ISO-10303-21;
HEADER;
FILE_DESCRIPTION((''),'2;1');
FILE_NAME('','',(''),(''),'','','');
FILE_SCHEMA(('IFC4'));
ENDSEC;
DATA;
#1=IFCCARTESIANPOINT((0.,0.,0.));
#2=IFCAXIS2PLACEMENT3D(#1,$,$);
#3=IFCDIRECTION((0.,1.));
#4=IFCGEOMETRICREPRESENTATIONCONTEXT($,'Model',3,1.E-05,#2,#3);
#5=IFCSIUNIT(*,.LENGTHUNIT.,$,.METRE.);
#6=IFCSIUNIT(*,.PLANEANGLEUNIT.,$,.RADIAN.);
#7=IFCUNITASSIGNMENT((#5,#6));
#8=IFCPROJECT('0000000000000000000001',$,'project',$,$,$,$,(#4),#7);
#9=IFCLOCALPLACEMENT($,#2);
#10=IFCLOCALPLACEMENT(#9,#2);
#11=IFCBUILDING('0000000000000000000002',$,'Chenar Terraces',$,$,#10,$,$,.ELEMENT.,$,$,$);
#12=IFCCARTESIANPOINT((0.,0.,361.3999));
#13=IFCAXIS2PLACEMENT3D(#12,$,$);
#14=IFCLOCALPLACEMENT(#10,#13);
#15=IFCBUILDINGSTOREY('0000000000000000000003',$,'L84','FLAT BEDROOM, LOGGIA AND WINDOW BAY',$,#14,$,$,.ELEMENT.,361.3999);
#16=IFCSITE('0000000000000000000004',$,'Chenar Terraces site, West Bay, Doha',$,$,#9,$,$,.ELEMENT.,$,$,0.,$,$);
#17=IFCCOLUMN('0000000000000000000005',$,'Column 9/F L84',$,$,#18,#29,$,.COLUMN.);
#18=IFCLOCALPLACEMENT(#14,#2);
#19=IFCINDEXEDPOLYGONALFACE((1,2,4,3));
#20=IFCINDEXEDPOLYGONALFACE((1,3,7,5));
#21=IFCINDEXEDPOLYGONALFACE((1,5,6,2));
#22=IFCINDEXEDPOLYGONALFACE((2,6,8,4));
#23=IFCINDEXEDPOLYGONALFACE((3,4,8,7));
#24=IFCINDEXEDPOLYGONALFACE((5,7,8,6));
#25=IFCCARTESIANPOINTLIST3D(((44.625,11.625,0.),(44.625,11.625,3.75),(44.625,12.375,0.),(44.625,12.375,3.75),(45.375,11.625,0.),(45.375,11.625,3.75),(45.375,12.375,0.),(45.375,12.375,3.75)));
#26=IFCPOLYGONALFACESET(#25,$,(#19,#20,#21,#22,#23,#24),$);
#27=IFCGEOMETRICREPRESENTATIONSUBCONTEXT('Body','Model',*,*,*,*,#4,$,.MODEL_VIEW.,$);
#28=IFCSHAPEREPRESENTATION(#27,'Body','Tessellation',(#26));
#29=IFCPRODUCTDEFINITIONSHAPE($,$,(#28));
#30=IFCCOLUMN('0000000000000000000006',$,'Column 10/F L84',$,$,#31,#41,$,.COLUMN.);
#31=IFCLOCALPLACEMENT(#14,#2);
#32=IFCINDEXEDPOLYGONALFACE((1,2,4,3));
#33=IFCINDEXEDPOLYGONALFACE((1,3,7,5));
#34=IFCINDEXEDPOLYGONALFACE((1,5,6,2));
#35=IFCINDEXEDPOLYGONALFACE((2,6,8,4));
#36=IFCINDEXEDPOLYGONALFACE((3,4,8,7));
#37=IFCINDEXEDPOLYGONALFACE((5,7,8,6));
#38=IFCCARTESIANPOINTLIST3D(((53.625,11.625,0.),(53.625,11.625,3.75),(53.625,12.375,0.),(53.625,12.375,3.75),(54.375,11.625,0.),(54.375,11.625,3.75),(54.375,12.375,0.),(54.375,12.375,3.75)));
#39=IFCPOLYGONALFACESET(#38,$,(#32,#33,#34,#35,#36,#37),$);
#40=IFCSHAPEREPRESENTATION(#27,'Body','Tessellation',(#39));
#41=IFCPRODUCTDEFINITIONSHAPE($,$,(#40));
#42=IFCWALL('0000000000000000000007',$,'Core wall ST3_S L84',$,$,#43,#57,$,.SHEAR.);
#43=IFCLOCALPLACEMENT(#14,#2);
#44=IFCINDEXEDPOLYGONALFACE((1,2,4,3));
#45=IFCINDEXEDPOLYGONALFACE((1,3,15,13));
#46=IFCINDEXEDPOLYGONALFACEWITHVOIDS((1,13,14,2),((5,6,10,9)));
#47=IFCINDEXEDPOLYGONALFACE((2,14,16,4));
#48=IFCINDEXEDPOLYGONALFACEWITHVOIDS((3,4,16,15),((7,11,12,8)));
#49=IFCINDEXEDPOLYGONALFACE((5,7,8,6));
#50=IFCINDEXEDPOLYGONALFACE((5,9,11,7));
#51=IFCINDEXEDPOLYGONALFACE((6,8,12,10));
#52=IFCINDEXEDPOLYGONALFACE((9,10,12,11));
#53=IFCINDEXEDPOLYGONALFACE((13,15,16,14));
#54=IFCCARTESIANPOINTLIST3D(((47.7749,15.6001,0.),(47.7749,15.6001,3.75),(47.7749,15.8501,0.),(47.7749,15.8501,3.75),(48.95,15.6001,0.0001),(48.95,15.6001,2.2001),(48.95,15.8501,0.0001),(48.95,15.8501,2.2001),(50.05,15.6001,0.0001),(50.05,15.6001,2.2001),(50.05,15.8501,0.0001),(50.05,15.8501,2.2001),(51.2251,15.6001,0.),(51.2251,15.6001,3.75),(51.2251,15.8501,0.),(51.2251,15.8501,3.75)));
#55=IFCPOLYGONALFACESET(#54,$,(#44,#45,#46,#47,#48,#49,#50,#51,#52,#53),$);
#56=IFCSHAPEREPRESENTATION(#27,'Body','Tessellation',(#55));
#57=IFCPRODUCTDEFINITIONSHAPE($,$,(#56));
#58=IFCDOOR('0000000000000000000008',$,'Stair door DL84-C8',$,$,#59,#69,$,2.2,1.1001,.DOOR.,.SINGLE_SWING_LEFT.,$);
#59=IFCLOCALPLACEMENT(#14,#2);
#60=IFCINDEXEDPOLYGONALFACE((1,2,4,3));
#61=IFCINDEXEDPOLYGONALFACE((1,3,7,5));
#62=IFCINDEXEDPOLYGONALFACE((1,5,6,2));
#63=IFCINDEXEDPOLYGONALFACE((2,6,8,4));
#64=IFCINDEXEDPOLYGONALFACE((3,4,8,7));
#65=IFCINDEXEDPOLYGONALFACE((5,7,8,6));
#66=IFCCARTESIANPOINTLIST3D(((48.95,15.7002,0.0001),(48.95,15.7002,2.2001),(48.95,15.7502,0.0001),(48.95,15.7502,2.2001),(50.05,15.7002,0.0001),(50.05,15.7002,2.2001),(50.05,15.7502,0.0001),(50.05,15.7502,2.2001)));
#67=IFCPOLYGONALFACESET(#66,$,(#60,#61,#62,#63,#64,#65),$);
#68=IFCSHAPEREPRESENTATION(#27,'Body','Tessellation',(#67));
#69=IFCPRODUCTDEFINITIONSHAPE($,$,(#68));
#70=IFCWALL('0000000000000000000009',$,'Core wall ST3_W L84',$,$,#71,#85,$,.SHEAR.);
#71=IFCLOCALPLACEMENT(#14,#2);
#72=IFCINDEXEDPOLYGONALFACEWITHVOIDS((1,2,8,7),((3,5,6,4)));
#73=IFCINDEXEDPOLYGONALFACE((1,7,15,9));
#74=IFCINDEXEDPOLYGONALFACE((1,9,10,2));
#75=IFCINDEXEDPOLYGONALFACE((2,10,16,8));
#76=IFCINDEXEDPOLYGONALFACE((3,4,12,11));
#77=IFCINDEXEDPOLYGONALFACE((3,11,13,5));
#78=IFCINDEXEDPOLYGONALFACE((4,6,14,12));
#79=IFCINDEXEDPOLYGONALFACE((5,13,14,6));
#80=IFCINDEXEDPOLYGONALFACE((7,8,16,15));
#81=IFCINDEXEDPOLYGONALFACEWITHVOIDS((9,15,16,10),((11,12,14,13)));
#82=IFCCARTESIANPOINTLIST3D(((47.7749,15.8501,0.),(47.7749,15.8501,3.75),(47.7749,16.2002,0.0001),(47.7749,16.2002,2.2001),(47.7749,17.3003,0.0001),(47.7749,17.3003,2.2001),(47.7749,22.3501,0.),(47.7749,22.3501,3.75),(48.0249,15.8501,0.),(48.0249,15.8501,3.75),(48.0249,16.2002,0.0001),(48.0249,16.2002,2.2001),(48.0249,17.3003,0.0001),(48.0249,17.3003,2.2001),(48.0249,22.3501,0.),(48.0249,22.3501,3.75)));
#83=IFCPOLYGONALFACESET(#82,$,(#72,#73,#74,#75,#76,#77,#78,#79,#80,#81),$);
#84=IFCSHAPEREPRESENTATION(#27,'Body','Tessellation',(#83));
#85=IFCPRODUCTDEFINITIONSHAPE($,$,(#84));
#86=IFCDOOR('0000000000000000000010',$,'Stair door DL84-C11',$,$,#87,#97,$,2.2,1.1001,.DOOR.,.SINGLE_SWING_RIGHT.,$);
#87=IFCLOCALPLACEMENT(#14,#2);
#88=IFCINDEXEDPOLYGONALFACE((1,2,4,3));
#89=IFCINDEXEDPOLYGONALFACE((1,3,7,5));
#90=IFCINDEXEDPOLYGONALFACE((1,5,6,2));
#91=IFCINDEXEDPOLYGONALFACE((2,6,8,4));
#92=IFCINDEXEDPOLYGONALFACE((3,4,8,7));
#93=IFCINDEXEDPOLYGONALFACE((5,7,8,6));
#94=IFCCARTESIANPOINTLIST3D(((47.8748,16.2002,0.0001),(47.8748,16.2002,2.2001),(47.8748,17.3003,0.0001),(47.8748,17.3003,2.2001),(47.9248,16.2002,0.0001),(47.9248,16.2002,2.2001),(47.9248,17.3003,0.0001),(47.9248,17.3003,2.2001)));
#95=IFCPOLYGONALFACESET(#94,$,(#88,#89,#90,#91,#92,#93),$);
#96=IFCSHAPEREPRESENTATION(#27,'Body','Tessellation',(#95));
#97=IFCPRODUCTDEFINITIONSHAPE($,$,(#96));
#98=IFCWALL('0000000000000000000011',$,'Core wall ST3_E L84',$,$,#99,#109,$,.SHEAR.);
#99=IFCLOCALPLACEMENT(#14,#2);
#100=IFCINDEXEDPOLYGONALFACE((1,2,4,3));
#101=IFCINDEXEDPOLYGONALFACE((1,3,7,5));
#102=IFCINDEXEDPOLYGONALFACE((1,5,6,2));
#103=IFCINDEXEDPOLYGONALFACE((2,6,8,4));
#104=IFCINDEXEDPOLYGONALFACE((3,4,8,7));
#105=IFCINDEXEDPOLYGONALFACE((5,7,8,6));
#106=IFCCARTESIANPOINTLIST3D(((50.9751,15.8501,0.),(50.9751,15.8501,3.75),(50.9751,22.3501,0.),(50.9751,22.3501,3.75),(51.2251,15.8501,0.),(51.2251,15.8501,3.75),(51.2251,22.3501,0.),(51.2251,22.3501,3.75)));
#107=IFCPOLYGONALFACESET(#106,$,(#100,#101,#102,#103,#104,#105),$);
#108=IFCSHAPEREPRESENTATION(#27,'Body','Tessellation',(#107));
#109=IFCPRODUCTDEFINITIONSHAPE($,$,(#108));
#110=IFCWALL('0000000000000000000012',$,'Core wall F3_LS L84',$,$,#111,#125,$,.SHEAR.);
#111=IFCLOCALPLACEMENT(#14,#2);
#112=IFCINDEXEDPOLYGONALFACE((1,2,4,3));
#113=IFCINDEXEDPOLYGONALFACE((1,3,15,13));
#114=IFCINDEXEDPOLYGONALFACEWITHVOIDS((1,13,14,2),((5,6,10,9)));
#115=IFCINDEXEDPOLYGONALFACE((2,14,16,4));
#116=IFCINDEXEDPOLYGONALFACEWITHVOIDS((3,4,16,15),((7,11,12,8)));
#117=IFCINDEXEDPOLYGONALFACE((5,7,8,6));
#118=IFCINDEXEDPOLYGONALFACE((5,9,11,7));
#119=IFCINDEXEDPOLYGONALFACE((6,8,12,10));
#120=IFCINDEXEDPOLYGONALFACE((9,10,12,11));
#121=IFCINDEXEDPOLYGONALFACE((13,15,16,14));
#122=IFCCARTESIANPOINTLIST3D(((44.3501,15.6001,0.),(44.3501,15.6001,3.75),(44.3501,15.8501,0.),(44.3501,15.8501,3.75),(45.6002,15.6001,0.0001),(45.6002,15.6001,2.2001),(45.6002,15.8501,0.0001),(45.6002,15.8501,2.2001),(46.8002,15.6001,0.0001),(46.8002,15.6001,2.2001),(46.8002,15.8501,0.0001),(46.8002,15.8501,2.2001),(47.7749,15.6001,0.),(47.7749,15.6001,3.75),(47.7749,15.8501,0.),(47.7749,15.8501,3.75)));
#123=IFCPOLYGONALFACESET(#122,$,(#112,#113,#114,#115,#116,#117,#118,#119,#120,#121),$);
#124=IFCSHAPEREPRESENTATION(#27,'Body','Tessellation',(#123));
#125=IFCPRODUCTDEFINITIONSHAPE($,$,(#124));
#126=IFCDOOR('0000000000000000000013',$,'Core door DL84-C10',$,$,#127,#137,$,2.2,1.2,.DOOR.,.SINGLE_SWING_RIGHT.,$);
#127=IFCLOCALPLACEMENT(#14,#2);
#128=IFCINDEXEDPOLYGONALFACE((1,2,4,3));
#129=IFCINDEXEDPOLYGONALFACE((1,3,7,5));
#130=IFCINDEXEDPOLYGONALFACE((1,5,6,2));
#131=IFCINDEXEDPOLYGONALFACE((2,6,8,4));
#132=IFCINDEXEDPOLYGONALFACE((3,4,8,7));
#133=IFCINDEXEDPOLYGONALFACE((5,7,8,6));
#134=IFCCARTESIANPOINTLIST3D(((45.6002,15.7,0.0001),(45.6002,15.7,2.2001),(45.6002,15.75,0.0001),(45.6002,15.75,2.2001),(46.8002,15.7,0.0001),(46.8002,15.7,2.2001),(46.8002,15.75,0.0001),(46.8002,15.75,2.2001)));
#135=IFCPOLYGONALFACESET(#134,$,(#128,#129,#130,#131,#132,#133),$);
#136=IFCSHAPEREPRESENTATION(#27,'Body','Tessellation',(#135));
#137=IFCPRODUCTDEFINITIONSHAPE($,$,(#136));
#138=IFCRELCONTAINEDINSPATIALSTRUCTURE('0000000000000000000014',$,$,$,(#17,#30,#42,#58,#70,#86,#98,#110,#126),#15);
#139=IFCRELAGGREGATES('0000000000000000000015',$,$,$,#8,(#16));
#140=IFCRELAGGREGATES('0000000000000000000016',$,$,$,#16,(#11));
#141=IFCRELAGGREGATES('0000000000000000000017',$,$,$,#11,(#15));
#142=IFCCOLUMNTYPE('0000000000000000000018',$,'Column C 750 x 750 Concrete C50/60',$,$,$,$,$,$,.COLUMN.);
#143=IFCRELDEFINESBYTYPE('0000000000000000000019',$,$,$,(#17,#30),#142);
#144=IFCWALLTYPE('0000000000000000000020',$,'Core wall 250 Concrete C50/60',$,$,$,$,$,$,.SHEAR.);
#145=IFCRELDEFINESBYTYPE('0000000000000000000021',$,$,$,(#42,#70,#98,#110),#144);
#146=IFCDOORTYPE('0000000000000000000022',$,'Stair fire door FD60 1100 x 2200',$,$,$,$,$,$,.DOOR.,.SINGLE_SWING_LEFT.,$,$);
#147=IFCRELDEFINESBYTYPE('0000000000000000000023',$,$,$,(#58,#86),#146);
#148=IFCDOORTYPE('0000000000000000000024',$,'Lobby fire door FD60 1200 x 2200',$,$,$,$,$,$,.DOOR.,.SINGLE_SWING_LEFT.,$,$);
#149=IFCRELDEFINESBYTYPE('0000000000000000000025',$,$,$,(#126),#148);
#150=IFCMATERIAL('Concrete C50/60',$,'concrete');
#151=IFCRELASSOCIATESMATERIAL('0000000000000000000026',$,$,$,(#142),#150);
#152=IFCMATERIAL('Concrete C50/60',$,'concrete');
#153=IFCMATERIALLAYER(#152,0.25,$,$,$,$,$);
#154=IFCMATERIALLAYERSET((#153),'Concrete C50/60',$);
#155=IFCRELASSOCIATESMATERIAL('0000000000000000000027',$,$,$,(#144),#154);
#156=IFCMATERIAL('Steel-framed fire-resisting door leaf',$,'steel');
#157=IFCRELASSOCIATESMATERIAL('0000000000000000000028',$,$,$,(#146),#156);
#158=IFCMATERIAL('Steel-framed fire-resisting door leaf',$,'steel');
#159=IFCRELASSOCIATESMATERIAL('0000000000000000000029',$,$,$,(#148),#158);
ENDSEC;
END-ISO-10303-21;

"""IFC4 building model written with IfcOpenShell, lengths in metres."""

from ifc_helpers import new_model, si_unit, direction, frame, frame_2d, origin, origin_2d, place, context, subcontext, project, spatial, rectangle, extrude, material, layer, layer_set, material_profile, profile_set, type_object, element, fill, save


model = new_model("IFC4")

# Units and contexts
model_context = context("Model", 3, precision=1e-05, world=origin(), true_north=direction((0.0, 1.0)))
body_context = subcontext(model_context, "Body", "Model", "MODEL_VIEW")
ifc_project = project(units=[si_unit("LENGTHUNIT", "METRE"), si_unit("PLANEANGLEUNIT", "RADIAN")], contexts=[model_context])

# Site, building, storey
site_placement = place(None, origin())
site = spatial("IfcSite", under=ifc_project, at=site_placement, Name="Chenar Terraces site, West Bay, Doha", CompositionType="ELEMENT", RefElevation=0.0)
building_placement = place(site_placement, origin())
building = spatial("IfcBuilding", under=site, at=building_placement, Name="Chenar Terraces", CompositionType="ELEMENT")
storey_placement = place(building_placement, frame((0.0, 0.0, 361.3999)))
storey = spatial("IfcBuildingStorey", under=building, at=storey_placement, Name="L84", Description="FLAT BEDROOM, LOGGIA AND WINDOW BAY", CompositionType="ELEMENT", Elevation=361.3999)

# Columns
ifc_material_1 = material(Name="Concrete C50/60", Category="concrete")
ifc_material_profile_1 = material_profile(ifc_material_1, rectangle(XDim=0.75, YDim=0.75, at=origin_2d()), Name="C 750 x 750")
ifc_profile_set_1 = profile_set([ifc_material_profile_1], Name="Concrete C50/60")
column_type = type_object("IfcColumnType", Name="Column C 750 x 750 Concrete C50/60", PredefinedType="COLUMN", material=ifc_profile_set_1)
for number, where, z_axis, x_axis, name in (
    (1, (45.0, 12.0, 0.0), (0.0, 0.0, 1.0), (1.0, 0.0, 0.0), "Column 9/F L84"),
    (2, (54.0, 12.0, 0.0), (0.0, 0.0, 1.0), (1.0, 0.0, 0.0), "Column 10/F L84"),
):
    element("IfcColumn", number, at=place(storey_placement, frame(where, z_axis=z_axis, x_axis=x_axis)), inside=storey, type_object=column_type, Name=name, PredefinedType="COLUMN", context=body_context, shape_type="SweptSolid", body=[
        extrude(rectangle(XDim=0.75, YDim=0.75, at=origin_2d()), origin(), (0.0, 0.0, 1.0), 3.75),
    ])

# Walls, openings, doors
ifc_material_2 = material(Name="Concrete C50/60", Category="concrete")
ifc_layer_1 = layer(ifc_material_2, 0.25)
ifc_layer_set_1 = layer_set([ifc_layer_1], Name="Concrete C50/60")
wall_type_1 = type_object("IfcWallType", Name="Core wall 250 Concrete C50/60", PredefinedType="SHEAR", material=ifc_layer_set_1)
wall_1_placement = place(storey_placement, frame((47.7749, 15.7251, 0.0), z_axis=(0.0, 0.0, 1.0), x_axis=(1.0, 0.0, 0.0)))
wall_1 = element("IfcWall", 3, at=wall_1_placement, inside=storey, type_object=wall_type_1, Name="Core wall ST3_S L84", PredefinedType="SHEAR", context=body_context, shape_type="SweptSolid", body=[
    extrude(rectangle(XDim=3.4502, YDim=0.25, at=frame_2d((1.7251, 0.0))), origin(), (0.0, 0.0, 1.0), 3.75),
])
opening_1_placement = place(wall_1_placement, frame((1.175, 0.0, 0.0)))
opening_1 = element("IfcOpeningElement", 4, at=opening_1_placement, cuts=wall_1, PredefinedType="OPENING", context=body_context, shape_type="SweptSolid", body=[
    extrude(rectangle(XDim=1.1001, YDim=2.2, at=frame_2d((0.55, 1.1001))), frame((0.0, 0.135, 0.0), z_axis=(0.0, -1.0, 0.0), x_axis=(1.0, 0.0, 0.0)), (0.0, 0.0, 1.0), 0.27),
])
ifc_material_3 = material(Name="Steel-framed fire-resisting door leaf", Category="steel")
door_type_1 = type_object("IfcDoorType", Name="Stair fire door FD60 1100 x 2200", OperationType="SINGLE_SWING_LEFT", PredefinedType="DOOR", material=ifc_material_3)
door_1_placement = place(opening_1_placement, frame((1.1001, 0.0, 0.0), z_axis=(0.0, 0.0, 1.0), x_axis=(-1.0, 0.0, 0.0)))
door_1 = element("IfcDoor", 5, at=door_1_placement, inside=storey, type_object=door_type_1, Name="Stair door DL84-C8", OperationType="SINGLE_SWING_LEFT", OverallHeight=2.2, OverallWidth=1.1001, PredefinedType="DOOR", context=body_context, shape_type="SweptSolid", body=[
    extrude(rectangle(XDim=1.1001, YDim=2.2, at=frame_2d((0.55, 1.1001))), frame((0.0, 0.0249, 0.0), z_axis=(0.0, -1.0, 0.0), x_axis=(1.0, 0.0, 0.0)), (0.0, 0.0, 1.0), 0.05),
])
fill(opening_1, door_1)
wall_2_placement = place(storey_placement, frame((47.8999, 15.8501, 0.0), z_axis=(0.0, 0.0, 1.0), x_axis=(0.0, 1.0, 0.0)))
wall_2 = element("IfcWall", 6, at=wall_2_placement, inside=storey, type_object=wall_type_1, Name="Core wall ST3_W L84", PredefinedType="SHEAR", context=body_context, shape_type="SweptSolid", body=[
    extrude(rectangle(XDim=6.5, YDim=0.25, at=frame_2d((3.25, 0.0))), origin(), (0.0, 0.0, 1.0), 3.75),
])
opening_2_placement = place(wall_2_placement, frame((0.3501, 0.0, 0.0)))
opening_2 = element("IfcOpeningElement", 7, at=opening_2_placement, cuts=wall_2, PredefinedType="OPENING", context=body_context, shape_type="SweptSolid", body=[
    extrude(rectangle(XDim=1.1001, YDim=2.2, at=frame_2d((0.55, 1.1001))), frame((0.0, 0.135, 0.0), z_axis=(0.0, -1.0, 0.0), x_axis=(1.0, 0.0, 0.0)), (0.0, 0.0, 1.0), 0.27),
])
door_2_placement = place(opening_2_placement, frame((1.1001, 0.0, 0.0), z_axis=(0.0, 0.0, 1.0), x_axis=(-1.0, 0.0, 0.0)))
door_2 = element("IfcDoor", 8, at=door_2_placement, inside=storey, type_object=door_type_1, Name="Stair door DL84-C11", OperationType="SINGLE_SWING_RIGHT", OverallHeight=2.2, OverallWidth=1.1001, PredefinedType="DOOR", context=body_context, shape_type="SweptSolid", body=[
    extrude(rectangle(XDim=1.1001, YDim=2.2, at=frame_2d((0.55, 1.1001))), frame((0.0, 0.0249, 0.0), z_axis=(0.0, -1.0, 0.0), x_axis=(1.0, 0.0, 0.0)), (0.0, 0.0, 1.0), 0.05),
])
fill(opening_2, door_2)

# Wall
wall_3_placement = place(storey_placement, frame((51.1001, 15.8501, 0.0), z_axis=(0.0, 0.0, 1.0), x_axis=(0.0, 1.0, 0.0)))
element("IfcWall", 9, at=wall_3_placement, inside=storey, type_object=wall_type_1, Name="Core wall ST3_E L84", PredefinedType="SHEAR", context=body_context, shape_type="SweptSolid", body=[
    extrude(rectangle(XDim=6.5, YDim=0.25, at=frame_2d((3.25, 0.0))), origin(), (0.0, 0.0, 1.0), 3.75),
])

# Wall, opening, door
wall_4_placement = place(storey_placement, frame((44.3501, 15.7251, 0.0), z_axis=(0.0, 0.0, 1.0), x_axis=(1.0, 0.0, 0.0)))
wall_4 = element("IfcWall", 10, at=wall_4_placement, inside=storey, type_object=wall_type_1, Name="Core wall F3_LS L84", PredefinedType="SHEAR", context=body_context, shape_type="SweptSolid", body=[
    extrude(rectangle(XDim=3.4248, YDim=0.25, at=frame_2d((1.7124, 0.0))), origin(), (0.0, 0.0, 1.0), 3.75),
])
opening_3_placement = place(wall_4_placement, frame((1.25, 0.0, 0.0)))
opening_3 = element("IfcOpeningElement", 11, at=opening_3_placement, cuts=wall_4, PredefinedType="OPENING", context=body_context, shape_type="SweptSolid", body=[
    extrude(rectangle(XDim=1.2, YDim=2.2, at=frame_2d((0.6001, 1.1001))), frame((0.0, 0.135, 0.0), z_axis=(0.0, -1.0, 0.0), x_axis=(1.0, 0.0, 0.0)), (0.0, 0.0, 1.0), 0.27),
])
ifc_material_4 = material(Name="Steel-framed fire-resisting door leaf", Category="steel")
door_type_2 = type_object("IfcDoorType", Name="Lobby fire door FD60 1200 x 2200", OperationType="SINGLE_SWING_LEFT", PredefinedType="DOOR", material=ifc_material_4)
door_3_placement = place(opening_3_placement, origin())
door_3 = element("IfcDoor", 12, at=door_3_placement, inside=storey, type_object=door_type_2, Name="Core door DL84-C10", OperationType="SINGLE_SWING_RIGHT", OverallHeight=2.2, OverallWidth=1.2, PredefinedType="DOOR", context=body_context, shape_type="SweptSolid", body=[
    extrude(rectangle(XDim=1.2, YDim=2.2, at=frame_2d((0.6001, 1.1001))), frame((0.0, 0.0249, 0.0), z_axis=(0.0, -1.0, 0.0), x_axis=(1.0, 0.0, 0.0)), (0.0, 0.0, 1.0), 0.05),
])
fill(opening_3, door_3)

save(model, "model.ifc")
